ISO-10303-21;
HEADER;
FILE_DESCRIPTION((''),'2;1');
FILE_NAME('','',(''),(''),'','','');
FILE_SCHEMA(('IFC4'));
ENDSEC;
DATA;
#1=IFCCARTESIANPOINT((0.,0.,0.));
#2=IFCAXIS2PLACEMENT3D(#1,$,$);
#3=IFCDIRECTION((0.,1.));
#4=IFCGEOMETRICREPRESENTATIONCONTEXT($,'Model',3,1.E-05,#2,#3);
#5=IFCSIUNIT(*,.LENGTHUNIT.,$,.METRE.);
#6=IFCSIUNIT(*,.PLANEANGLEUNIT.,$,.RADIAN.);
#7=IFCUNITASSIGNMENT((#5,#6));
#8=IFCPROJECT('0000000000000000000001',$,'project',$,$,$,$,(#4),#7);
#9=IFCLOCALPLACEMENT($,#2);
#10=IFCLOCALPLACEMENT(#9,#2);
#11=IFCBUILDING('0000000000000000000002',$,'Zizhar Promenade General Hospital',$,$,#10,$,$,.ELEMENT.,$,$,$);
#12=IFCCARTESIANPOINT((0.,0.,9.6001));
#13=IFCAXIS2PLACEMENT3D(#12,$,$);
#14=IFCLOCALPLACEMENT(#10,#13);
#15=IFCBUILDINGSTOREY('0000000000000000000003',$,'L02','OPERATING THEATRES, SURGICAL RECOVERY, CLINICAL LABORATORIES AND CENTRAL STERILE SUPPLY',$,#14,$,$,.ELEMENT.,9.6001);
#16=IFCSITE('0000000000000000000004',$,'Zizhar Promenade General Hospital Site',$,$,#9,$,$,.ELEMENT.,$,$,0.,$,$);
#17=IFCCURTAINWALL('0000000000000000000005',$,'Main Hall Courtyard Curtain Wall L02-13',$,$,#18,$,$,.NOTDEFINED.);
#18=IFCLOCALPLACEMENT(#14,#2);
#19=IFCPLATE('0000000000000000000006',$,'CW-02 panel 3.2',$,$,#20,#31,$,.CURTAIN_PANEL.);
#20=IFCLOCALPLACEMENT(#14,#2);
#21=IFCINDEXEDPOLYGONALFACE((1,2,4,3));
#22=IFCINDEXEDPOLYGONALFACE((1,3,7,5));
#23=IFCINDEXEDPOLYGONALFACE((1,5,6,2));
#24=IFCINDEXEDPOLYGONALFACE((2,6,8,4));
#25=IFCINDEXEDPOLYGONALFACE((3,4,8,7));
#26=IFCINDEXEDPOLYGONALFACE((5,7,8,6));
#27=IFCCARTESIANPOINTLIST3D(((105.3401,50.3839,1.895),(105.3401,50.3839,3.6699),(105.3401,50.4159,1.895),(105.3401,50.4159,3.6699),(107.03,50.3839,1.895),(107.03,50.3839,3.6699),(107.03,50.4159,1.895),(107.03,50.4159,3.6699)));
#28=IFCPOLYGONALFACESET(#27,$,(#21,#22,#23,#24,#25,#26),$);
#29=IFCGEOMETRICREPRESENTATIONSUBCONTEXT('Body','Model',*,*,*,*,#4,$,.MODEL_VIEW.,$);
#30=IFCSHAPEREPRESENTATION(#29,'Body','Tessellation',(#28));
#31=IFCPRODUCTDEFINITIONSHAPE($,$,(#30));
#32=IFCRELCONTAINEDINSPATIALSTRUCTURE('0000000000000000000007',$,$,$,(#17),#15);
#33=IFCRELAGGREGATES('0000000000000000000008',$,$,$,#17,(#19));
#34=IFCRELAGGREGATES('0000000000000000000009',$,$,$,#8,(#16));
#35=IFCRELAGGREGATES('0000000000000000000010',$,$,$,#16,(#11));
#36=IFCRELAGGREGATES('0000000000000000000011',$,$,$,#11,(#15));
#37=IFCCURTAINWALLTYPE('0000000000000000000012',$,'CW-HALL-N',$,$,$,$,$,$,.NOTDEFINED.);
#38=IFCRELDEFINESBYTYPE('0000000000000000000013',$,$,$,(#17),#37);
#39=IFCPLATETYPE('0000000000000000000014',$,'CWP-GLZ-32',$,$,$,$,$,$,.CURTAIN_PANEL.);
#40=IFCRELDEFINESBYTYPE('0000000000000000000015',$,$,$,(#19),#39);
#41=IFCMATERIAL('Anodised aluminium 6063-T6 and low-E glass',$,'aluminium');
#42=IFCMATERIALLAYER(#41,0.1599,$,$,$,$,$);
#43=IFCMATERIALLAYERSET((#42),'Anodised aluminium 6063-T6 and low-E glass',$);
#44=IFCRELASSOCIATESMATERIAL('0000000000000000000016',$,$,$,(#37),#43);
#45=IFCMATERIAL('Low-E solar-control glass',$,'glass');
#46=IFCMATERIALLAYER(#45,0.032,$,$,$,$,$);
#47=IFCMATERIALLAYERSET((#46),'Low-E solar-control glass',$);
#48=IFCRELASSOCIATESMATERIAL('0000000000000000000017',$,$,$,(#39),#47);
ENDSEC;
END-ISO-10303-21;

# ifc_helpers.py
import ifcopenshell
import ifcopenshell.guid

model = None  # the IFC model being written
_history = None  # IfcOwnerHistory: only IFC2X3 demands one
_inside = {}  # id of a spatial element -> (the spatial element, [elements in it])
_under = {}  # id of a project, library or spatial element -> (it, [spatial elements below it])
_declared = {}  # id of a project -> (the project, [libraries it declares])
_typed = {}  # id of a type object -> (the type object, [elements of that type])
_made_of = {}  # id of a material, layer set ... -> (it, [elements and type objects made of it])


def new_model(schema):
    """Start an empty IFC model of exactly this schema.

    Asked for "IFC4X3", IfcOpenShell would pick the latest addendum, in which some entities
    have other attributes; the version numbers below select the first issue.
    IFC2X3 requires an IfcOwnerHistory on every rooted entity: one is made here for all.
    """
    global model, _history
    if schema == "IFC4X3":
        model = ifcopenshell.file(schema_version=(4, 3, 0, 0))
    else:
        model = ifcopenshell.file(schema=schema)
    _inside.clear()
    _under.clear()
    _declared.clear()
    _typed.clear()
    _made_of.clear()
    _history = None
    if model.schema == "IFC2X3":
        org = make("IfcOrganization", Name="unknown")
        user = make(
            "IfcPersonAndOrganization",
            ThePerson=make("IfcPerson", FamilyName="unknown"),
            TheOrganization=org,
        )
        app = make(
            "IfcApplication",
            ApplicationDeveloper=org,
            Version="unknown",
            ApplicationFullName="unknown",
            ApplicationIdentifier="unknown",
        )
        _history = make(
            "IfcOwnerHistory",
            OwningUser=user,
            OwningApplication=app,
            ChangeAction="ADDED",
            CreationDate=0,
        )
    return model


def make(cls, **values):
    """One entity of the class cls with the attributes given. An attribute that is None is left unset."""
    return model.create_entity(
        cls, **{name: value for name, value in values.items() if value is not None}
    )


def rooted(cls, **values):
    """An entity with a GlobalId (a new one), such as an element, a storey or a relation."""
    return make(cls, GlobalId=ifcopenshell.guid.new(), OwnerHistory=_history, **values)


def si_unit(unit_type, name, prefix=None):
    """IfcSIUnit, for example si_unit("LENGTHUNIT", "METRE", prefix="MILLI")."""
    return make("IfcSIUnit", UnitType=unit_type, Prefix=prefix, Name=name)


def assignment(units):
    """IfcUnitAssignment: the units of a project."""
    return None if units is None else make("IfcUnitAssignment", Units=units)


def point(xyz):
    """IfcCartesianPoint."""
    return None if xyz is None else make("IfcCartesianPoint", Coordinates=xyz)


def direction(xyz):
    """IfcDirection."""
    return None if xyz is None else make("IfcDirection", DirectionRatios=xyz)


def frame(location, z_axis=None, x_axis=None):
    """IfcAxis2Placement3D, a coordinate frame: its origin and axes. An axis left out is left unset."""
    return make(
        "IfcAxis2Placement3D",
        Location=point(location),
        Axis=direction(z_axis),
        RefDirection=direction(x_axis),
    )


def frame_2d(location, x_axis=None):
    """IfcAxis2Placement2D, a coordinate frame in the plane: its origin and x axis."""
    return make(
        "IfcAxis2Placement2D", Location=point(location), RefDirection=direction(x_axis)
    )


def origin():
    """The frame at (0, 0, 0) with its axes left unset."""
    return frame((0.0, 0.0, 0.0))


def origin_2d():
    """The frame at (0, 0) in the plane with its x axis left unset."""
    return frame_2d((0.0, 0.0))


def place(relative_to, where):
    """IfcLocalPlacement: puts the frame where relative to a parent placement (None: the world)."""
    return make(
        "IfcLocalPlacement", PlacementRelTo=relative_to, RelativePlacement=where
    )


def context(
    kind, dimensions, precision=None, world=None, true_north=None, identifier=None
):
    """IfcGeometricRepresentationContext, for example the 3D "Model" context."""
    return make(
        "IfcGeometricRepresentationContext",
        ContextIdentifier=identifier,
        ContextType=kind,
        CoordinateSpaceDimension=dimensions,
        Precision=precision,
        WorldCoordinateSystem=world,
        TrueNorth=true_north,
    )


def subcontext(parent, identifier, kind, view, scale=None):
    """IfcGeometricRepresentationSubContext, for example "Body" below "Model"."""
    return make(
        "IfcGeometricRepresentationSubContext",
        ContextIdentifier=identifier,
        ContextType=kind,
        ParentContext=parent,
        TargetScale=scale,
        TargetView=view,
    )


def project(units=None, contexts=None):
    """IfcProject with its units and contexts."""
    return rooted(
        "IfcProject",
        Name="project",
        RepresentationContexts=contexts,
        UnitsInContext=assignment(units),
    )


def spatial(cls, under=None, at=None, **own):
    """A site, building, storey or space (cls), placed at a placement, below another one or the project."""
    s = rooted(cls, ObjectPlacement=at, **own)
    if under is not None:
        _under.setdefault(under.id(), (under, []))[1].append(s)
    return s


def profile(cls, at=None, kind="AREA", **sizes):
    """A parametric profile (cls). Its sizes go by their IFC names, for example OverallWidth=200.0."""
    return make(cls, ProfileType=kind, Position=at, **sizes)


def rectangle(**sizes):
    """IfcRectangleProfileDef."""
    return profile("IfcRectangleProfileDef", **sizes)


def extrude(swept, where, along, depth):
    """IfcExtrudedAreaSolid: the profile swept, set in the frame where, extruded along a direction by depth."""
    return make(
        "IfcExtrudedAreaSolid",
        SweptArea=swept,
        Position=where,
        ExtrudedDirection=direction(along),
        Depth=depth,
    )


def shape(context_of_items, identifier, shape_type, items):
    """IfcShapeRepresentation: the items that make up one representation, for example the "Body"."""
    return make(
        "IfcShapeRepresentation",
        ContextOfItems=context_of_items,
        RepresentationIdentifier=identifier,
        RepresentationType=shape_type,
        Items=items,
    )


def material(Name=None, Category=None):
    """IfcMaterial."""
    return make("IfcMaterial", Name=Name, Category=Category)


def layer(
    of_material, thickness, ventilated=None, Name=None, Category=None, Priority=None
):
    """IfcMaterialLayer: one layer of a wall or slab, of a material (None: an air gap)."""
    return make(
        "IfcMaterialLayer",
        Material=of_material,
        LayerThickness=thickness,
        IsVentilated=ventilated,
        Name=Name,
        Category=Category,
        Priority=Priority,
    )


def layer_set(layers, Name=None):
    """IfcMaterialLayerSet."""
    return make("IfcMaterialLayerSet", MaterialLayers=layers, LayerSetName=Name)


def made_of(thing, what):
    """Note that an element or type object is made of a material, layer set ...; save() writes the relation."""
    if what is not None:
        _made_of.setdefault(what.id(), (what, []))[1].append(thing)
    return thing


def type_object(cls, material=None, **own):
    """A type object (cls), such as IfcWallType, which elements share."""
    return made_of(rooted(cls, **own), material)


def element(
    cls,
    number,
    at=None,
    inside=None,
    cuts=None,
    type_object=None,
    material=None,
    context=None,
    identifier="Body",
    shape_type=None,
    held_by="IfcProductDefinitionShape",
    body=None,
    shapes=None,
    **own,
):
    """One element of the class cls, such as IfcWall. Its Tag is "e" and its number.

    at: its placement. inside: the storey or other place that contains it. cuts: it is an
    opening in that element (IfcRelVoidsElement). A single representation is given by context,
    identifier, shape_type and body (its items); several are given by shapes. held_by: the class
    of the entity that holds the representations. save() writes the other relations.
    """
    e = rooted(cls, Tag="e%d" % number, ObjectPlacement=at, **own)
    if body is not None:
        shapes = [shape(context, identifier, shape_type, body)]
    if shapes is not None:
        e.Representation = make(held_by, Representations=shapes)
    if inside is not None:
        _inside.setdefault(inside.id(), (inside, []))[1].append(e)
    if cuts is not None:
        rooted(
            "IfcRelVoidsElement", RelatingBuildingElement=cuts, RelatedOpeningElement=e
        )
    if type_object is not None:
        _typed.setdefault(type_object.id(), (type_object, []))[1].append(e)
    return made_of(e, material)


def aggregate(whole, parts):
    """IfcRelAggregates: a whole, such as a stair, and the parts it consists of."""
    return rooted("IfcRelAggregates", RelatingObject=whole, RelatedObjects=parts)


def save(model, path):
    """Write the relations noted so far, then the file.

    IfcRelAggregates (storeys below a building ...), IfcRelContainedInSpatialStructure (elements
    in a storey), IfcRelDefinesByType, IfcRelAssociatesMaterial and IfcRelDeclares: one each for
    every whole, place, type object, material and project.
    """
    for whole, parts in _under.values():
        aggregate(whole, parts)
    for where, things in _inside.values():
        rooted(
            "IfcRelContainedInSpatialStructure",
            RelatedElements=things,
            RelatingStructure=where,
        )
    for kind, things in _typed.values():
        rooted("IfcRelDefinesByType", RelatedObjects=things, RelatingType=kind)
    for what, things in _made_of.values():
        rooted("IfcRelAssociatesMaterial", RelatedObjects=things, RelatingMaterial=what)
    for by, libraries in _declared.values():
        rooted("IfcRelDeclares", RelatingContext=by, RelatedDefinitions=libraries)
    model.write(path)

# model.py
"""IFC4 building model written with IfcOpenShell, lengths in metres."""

from ifc_helpers import new_model, si_unit, direction, frame, origin, origin_2d, place, context, subcontext, project, spatial, rectangle, extrude, material, layer, layer_set, type_object, element, aggregate, save


model = new_model("IFC4")

# Units and contexts
model_context = context("Model", 3, precision=1e-05, world=origin(), true_north=direction((0.0, 1.0)))
body_context = subcontext(model_context, "Body", "Model", "MODEL_VIEW")
ifc_project = project(units=[si_unit("LENGTHUNIT", "METRE"), si_unit("PLANEANGLEUNIT", "RADIAN")], contexts=[model_context])

# Site, building, storey
site_placement = place(None, origin())
site = spatial("IfcSite", under=ifc_project, at=site_placement, Name="Zizhar Promenade General Hospital Site", CompositionType="ELEMENT", RefElevation=0.0)
building_placement = place(site_placement, origin())
building = spatial("IfcBuilding", under=site, at=building_placement, Name="Zizhar Promenade General Hospital", CompositionType="ELEMENT")
storey_placement = place(building_placement, frame((0.0, 0.0, 9.6001)))
storey = spatial("IfcBuildingStorey", under=building, at=storey_placement, Name="L02", Description="OPERATING THEATRES, SURGICAL RECOVERY, CLINICAL LABORATORIES AND CENTRAL STERILE SUPPLY", CompositionType="ELEMENT", Elevation=9.6001)

# Shared definitions
ifc_material_1 = material(Name="Anodised aluminium 6063-T6 and low-E glass", Category="aluminium")
ifc_layer_1 = layer(ifc_material_1, 0.1599)
ifc_layer_set_1 = layer_set([ifc_layer_1], Name="Anodised aluminium 6063-T6 and low-E glass")
curtain_wall_type = type_object("IfcCurtainWallType", Name="CW-HALL-N", PredefinedType="NOTDEFINED", material=ifc_layer_set_1)

# Curtain wall
curtain_wall_1_placement = place(storey_placement, origin())
curtain_wall_1 = element("IfcCurtainWall", 1, at=curtain_wall_1_placement, inside=storey, type_object=curtain_wall_type, Name="Main Hall Courtyard Curtain Wall L02-13", PredefinedType="NOTDEFINED")

# Plate
ifc_material_2 = material(Name="Low-E solar-control glass", Category="glass")
ifc_layer_2 = layer(ifc_material_2, 0.032)
ifc_layer_set_2 = layer_set([ifc_layer_2], Name="Low-E solar-control glass")
plate_type = type_object("IfcPlateType", Name="CWP-GLZ-32", PredefinedType="CURTAIN_PANEL", material=ifc_layer_set_2)
plate_1_placement = place(storey_placement, frame((106.1851, 50.3999, 1.895), z_axis=(0.0, 0.0, 1.0), x_axis=(1.0, 0.0, 0.0)))
plate_1 = element("IfcPlate", 2, at=plate_1_placement, type_object=plate_type, Name="CW-02 panel 3.2", PredefinedType="CURTAIN_PANEL", context=body_context, shape_type="SweptSolid", body=[
    extrude(rectangle(XDim=1.6899, YDim=0.032, at=origin_2d()), origin(), (0.0, 0.0, 1.0), 1.7749),
])
aggregate(curtain_wall_1, [plate_1])

save(model, "model.ifc")
